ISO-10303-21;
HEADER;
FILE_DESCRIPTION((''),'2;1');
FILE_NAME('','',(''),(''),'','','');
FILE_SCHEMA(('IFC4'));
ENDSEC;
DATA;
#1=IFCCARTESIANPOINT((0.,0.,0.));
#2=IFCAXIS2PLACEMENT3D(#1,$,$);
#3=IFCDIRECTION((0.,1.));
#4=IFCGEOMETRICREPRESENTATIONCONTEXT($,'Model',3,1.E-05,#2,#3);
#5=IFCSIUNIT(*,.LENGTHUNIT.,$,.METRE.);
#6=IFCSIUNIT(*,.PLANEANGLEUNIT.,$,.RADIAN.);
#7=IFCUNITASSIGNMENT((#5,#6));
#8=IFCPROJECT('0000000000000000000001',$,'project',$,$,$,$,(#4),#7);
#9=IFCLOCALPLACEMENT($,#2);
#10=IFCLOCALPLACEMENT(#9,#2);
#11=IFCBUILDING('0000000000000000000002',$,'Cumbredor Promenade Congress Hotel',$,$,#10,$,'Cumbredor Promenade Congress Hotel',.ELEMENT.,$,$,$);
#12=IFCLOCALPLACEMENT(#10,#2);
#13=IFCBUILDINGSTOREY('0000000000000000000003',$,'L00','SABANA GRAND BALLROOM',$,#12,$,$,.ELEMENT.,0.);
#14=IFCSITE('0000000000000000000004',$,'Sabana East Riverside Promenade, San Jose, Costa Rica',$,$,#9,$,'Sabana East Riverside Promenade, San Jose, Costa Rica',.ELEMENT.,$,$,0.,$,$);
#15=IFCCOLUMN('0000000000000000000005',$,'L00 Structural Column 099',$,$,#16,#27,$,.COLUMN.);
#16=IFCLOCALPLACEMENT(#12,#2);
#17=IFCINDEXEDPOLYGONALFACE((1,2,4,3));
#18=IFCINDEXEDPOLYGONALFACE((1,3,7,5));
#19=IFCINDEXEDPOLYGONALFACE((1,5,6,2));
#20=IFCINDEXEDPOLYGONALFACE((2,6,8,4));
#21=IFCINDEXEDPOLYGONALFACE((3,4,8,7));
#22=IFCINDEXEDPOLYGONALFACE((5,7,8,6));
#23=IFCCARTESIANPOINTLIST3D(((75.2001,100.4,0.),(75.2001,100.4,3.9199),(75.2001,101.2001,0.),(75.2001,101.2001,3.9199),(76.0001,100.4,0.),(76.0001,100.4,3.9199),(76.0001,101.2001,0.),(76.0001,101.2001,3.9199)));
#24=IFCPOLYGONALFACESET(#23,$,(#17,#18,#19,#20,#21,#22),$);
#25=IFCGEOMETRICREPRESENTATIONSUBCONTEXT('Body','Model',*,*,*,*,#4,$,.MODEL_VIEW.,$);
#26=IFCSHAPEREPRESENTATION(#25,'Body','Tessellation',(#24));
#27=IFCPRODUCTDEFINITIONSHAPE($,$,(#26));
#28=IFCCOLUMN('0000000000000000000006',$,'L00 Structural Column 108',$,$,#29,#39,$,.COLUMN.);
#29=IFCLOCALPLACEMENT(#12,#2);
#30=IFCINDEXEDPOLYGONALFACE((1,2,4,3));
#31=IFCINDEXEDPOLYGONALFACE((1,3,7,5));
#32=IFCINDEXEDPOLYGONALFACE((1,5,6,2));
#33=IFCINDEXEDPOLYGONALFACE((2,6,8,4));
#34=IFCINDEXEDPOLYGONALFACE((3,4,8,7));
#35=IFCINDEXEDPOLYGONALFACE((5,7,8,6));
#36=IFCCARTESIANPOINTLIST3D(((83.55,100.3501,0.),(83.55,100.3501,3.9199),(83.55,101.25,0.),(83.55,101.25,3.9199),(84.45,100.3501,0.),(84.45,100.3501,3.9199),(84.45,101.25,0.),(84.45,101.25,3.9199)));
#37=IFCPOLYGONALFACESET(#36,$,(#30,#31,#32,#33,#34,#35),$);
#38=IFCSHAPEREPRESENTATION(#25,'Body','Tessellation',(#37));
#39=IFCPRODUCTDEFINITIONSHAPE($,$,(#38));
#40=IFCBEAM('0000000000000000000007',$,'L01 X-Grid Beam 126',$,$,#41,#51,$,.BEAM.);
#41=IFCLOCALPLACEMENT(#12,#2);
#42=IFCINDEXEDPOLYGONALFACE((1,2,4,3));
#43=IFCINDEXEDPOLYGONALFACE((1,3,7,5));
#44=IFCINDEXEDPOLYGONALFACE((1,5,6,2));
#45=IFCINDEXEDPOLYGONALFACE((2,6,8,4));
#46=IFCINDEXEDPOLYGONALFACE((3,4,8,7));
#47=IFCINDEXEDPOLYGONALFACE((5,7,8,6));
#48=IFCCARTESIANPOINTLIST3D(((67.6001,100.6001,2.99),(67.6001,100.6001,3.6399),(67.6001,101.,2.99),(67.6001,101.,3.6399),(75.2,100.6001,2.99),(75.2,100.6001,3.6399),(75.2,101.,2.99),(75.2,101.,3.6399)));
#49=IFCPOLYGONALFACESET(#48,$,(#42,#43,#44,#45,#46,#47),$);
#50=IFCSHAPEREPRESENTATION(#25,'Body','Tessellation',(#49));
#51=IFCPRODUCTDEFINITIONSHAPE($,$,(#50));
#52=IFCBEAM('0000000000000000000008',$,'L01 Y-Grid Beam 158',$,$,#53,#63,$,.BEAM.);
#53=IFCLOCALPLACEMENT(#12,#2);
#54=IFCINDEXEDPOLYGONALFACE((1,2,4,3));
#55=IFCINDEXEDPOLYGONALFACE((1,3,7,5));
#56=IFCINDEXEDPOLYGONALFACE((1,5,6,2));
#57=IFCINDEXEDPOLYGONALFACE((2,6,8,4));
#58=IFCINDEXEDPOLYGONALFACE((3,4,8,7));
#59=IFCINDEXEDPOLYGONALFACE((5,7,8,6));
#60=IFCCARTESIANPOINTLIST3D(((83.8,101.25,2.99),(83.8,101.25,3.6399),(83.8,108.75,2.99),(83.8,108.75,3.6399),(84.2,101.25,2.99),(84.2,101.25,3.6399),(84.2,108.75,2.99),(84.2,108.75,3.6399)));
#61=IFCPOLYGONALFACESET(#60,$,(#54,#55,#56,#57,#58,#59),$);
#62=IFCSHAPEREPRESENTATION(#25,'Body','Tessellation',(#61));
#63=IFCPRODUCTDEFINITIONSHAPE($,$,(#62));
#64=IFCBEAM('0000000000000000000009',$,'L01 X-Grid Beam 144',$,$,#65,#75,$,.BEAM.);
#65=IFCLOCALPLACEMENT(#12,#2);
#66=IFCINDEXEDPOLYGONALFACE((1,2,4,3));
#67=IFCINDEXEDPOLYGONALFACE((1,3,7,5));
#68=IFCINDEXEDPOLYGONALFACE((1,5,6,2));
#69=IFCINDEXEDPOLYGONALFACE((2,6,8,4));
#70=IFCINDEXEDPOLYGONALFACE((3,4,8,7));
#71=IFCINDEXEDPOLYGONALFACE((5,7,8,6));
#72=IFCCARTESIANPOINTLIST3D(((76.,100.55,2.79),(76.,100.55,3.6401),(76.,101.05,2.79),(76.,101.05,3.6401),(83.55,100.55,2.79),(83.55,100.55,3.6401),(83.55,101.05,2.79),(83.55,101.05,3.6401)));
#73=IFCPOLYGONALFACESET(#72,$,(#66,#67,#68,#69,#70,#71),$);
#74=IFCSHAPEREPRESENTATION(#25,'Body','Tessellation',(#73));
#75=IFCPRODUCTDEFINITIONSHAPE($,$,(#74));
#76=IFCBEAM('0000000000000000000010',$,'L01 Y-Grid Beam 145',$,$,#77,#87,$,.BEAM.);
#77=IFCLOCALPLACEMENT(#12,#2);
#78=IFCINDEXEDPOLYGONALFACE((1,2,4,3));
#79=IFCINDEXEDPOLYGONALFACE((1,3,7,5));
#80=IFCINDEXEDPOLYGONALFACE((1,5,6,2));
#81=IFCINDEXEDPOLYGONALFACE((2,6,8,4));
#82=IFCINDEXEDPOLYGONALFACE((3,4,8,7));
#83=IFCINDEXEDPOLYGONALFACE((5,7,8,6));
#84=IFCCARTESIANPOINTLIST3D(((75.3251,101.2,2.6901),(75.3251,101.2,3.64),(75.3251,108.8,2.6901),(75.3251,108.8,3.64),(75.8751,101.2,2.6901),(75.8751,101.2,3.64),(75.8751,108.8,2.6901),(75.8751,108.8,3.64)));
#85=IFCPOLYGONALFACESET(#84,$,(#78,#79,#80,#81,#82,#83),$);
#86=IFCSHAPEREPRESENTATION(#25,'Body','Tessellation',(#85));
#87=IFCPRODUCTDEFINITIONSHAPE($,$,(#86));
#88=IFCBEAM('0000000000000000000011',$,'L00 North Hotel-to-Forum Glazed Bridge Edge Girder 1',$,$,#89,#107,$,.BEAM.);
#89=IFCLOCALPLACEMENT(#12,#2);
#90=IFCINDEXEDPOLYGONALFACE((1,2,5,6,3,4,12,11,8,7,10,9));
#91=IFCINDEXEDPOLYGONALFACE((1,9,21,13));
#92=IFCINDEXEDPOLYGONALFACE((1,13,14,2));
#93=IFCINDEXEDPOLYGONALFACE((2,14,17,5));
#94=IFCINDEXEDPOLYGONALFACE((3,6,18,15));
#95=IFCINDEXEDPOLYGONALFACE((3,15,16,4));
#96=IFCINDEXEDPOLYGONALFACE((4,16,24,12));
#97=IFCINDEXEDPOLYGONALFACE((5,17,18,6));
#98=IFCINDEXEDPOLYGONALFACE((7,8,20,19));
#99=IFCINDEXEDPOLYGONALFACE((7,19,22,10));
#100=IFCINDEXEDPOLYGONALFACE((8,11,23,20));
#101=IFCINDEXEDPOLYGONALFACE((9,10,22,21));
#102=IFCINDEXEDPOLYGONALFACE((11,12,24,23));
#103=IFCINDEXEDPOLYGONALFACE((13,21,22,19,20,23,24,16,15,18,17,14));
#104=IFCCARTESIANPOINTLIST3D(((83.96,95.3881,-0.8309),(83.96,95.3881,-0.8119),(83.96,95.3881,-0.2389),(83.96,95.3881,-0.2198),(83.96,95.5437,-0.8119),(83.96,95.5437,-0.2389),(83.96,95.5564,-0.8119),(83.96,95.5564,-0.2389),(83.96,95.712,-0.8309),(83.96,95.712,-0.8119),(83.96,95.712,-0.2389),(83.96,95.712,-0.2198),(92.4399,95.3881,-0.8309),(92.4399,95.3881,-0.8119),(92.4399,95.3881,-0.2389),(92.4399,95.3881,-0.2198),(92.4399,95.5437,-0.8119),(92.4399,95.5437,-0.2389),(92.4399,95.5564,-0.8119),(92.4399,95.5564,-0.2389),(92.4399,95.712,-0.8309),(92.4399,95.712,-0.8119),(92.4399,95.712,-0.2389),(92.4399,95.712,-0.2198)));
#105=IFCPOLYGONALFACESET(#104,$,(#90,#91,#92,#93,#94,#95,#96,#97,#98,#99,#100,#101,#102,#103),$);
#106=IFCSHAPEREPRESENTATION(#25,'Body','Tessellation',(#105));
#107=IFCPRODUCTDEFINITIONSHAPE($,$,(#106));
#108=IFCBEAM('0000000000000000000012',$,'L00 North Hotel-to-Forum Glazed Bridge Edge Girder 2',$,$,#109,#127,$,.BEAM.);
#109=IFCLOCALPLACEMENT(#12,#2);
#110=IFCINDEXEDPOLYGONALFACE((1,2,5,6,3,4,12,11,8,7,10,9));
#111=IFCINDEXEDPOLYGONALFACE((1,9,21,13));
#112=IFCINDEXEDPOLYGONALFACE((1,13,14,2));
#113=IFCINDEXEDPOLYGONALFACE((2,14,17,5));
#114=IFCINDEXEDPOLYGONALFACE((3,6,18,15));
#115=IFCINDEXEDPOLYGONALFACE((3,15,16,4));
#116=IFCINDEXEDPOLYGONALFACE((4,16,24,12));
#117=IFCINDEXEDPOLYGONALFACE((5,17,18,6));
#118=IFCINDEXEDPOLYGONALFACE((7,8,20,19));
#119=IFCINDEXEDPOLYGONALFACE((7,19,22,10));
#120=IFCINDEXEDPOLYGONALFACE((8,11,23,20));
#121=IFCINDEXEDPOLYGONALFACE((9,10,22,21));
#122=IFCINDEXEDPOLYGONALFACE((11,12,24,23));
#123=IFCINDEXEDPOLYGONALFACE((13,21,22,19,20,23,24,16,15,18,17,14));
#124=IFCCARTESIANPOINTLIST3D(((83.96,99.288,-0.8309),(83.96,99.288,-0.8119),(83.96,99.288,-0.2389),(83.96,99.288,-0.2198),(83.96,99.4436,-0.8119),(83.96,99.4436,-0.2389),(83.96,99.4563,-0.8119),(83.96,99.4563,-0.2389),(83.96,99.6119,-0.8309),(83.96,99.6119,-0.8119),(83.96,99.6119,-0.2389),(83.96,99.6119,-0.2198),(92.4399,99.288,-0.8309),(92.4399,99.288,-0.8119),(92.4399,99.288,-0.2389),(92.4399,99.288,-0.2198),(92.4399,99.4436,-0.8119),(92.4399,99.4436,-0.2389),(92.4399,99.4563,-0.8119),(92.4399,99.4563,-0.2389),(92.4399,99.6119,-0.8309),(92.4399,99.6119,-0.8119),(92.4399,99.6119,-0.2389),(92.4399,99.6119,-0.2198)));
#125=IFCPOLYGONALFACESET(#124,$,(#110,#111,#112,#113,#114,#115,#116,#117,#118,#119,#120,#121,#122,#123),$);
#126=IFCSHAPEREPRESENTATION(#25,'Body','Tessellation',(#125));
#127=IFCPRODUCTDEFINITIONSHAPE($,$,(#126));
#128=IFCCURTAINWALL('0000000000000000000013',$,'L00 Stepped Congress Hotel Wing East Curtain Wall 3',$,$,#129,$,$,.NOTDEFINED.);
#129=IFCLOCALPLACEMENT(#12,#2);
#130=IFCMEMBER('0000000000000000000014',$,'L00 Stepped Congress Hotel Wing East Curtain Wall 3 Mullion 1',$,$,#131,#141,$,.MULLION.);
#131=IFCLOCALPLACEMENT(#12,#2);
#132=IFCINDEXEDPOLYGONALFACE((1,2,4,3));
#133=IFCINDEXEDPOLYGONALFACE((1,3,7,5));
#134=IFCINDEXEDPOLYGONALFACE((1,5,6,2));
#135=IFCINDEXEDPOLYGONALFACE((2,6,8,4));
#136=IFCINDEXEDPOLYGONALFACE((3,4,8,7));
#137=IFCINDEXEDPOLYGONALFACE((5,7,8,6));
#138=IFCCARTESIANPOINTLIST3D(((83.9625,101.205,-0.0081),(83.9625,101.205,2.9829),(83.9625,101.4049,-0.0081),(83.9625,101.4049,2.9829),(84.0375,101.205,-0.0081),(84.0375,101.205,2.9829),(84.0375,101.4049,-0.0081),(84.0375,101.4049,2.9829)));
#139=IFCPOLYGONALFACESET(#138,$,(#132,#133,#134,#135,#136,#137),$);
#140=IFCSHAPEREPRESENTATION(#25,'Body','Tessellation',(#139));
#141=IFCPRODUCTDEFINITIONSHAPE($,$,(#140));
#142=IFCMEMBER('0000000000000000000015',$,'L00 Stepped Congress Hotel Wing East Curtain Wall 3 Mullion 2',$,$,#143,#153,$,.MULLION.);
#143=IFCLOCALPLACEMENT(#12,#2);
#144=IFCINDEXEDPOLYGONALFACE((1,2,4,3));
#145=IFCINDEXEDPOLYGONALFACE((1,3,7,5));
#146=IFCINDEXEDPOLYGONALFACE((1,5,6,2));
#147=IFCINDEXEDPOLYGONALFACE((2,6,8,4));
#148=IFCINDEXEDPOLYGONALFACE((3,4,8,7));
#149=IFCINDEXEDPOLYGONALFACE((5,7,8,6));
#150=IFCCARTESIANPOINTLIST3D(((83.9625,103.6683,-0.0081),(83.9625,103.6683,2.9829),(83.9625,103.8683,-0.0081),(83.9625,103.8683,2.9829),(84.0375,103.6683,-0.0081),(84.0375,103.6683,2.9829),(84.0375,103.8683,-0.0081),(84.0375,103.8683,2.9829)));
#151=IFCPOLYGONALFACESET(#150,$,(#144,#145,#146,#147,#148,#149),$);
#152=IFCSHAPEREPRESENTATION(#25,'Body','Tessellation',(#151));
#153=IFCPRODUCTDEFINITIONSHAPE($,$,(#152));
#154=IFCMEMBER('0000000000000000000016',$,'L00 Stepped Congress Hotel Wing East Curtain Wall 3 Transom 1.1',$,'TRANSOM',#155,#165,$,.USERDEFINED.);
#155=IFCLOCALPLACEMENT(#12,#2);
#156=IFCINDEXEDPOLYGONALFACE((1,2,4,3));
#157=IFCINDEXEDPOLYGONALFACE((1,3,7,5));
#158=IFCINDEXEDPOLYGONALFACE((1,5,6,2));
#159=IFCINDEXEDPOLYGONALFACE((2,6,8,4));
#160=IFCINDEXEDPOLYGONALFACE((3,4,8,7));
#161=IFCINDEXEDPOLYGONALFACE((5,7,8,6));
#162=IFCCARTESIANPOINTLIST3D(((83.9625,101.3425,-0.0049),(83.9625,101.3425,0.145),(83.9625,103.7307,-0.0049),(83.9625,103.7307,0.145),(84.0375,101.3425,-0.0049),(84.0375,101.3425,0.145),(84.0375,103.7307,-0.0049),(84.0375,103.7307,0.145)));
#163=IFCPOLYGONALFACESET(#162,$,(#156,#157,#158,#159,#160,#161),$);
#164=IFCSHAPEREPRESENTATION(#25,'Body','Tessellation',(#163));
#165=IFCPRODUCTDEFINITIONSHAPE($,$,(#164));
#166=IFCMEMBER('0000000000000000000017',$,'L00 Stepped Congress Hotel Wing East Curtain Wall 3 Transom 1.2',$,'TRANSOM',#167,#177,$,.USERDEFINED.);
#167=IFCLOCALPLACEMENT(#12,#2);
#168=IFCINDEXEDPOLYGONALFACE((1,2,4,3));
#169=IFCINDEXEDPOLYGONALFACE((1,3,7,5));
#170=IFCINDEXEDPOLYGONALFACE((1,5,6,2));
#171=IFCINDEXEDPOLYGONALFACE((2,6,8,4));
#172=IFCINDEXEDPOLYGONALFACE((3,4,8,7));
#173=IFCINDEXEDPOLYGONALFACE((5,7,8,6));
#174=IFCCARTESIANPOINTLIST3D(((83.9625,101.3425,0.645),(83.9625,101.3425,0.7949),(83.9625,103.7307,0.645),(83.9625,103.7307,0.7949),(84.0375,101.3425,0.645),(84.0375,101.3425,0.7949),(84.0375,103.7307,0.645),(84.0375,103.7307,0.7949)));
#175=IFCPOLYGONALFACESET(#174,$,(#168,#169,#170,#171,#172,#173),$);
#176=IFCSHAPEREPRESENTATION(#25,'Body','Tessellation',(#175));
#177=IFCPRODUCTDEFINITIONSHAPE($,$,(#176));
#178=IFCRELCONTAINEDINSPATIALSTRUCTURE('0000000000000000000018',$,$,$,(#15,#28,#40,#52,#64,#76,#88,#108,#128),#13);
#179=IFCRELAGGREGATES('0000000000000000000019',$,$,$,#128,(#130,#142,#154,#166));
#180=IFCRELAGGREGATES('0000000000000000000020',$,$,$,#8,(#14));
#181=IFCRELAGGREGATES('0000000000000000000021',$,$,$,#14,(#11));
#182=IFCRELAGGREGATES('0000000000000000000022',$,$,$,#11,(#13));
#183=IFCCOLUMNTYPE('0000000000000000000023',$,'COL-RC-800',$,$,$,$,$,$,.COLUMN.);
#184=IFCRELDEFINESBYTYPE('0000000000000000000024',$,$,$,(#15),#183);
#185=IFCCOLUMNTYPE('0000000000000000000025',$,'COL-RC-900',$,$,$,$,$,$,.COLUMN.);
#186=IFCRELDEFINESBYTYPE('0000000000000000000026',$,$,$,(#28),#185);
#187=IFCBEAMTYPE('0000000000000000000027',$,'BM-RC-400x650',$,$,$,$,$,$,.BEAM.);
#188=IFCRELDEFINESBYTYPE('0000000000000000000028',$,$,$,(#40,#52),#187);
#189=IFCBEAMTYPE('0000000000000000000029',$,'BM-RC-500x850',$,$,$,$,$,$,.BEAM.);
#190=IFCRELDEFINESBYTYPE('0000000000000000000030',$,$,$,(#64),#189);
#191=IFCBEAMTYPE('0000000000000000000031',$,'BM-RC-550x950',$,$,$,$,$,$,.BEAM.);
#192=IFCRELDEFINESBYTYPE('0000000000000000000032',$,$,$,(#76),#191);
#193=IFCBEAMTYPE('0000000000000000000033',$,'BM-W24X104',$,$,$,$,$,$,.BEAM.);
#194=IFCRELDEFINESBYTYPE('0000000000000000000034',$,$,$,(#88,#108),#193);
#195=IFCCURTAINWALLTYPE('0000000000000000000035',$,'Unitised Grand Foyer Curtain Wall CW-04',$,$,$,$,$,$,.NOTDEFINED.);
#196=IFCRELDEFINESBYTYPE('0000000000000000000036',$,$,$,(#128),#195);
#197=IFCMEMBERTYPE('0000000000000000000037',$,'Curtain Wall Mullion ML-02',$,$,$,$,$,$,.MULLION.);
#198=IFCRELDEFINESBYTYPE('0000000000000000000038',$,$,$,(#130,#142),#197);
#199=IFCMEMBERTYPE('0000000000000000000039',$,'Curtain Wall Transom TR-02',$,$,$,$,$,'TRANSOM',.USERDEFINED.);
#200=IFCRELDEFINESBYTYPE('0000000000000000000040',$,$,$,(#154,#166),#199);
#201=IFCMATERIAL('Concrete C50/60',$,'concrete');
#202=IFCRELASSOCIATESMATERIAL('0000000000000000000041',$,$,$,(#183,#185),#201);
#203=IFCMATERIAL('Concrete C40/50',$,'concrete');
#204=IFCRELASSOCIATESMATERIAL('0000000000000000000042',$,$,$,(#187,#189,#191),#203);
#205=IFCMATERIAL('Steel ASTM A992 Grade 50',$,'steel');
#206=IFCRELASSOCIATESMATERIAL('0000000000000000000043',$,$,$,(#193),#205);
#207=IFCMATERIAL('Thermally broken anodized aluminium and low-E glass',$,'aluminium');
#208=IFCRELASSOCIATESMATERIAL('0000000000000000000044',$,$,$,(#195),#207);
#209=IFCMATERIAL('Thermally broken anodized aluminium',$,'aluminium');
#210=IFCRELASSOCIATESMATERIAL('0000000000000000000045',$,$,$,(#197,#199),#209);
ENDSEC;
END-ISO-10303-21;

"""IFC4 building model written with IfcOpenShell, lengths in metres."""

from ifc_helpers import new_model, si_unit, direction, frame, origin, origin_2d, place, context, subcontext, project, spatial, rectangle, i_section, extrude, material, material_profile, profile_set, type_object, element, aggregate, save


model = new_model("IFC4")

# Units and contexts
model_context = context("Model", 3, precision=1e-05, world=origin(), true_north=direction((0.0, 1.0)))
body_context = subcontext(model_context, "Body", "Model", "MODEL_VIEW")
ifc_project = project(units=[si_unit("LENGTHUNIT", "METRE"), si_unit("PLANEANGLEUNIT", "RADIAN")], contexts=[model_context])

# Site, building, storey
site_placement = place(None, origin())
site = spatial("IfcSite", under=ifc_project, at=site_placement, Name="Sabana East Riverside Promenade, San Jose, Costa Rica", LongName="Sabana East Riverside Promenade, San Jose, Costa Rica", CompositionType="ELEMENT", RefElevation=0.0)
building_placement = place(site_placement, origin())
building = spatial("IfcBuilding", under=site, at=building_placement, Name="Cumbredor Promenade Congress Hotel", LongName="Cumbredor Promenade Congress Hotel", CompositionType="ELEMENT")
storey_placement = place(building_placement, origin())
storey = spatial("IfcBuildingStorey", under=building, at=storey_placement, Name="L00", Description="SABANA GRAND BALLROOM", CompositionType="ELEMENT", Elevation=0.0)

# Columns
ifc_material_1 = material(Name="Concrete C50/60", Category="concrete")
ifc_material_profile_1 = material_profile(ifc_material_1, rectangle(XDim=0.8, YDim=0.8, at=origin_2d()), Name="RC 800x800")
ifc_profile_set_1 = profile_set([ifc_material_profile_1], Name="Concrete C50/60")
column_type_1 = type_object("IfcColumnType", Name="COL-RC-800", PredefinedType="COLUMN", material=ifc_profile_set_1)
column_1_placement = place(storey_placement, frame((75.6001, 100.8, 0.0), z_axis=(0.0, 0.0, 1.0), x_axis=(1.0, 0.0, 0.0)))
element("IfcColumn", 1, at=column_1_placement, inside=storey, type_object=column_type_1, Name="L00 Structural Column 099", PredefinedType="COLUMN", context=body_context, shape_type="SweptSolid", body=[
    extrude(rectangle(XDim=0.8, YDim=0.8, at=origin_2d()), origin(), (0.0, 0.0, 1.0), 3.9199),
])
ifc_material_profile_2 = material_profile(ifc_material_1, rectangle(XDim=0.8999, YDim=0.8999, at=origin_2d()), Name="RC 900x900")
ifc_profile_set_2 = profile_set([ifc_material_profile_2], Name="Concrete C50/60")
column_type_2 = type_object("IfcColumnType", Name="COL-RC-900", PredefinedType="COLUMN", material=ifc_profile_set_2)
column_2_placement = place(storey_placement, frame((84.0, 100.8, 0.0), z_axis=(0.0, 0.0, 1.0), x_axis=(1.0, 0.0, 0.0)))
element("IfcColumn", 2, at=column_2_placement, inside=storey, type_object=column_type_2, Name="L00 Structural Column 108", PredefinedType="COLUMN", context=body_context, shape_type="SweptSolid", body=[
    extrude(rectangle(XDim=0.8999, YDim=0.8999, at=origin_2d()), origin(), (0.0, 0.0, 1.0), 3.9199),
])

# Beams
ifc_material_2 = material(Name="Concrete C40/50", Category="concrete")
ifc_material_profile_3 = material_profile(ifc_material_2, rectangle(XDim=0.3999, YDim=0.6499, at=origin_2d()), Name="RC BEAM 400x650")
ifc_profile_set_3 = profile_set([ifc_material_profile_3], Name="Concrete C40/50")
beam_type_1 = type_object("IfcBeamType", Name="BM-RC-400x650", PredefinedType="BEAM", material=ifc_profile_set_3)
beam_1_placement = place(storey_placement, frame((67.6001, 100.8, 3.3149), z_axis=(1.0, 0.0, 0.0), x_axis=(0.0, 1.0, 0.0)))
element("IfcBeam", 3, at=beam_1_placement, inside=storey, type_object=beam_type_1, Name="L01 X-Grid Beam 126", PredefinedType="BEAM", context=body_context, shape_type="SweptSolid", body=[
    extrude(rectangle(XDim=0.3999, YDim=0.6499, at=origin_2d()), origin(), (0.0, 0.0, 1.0), 7.5999),
])
beam_2_placement = place(storey_placement, frame((84.0, 101.25, 3.3149), z_axis=(0.0, 1.0, 0.0), x_axis=(-1.0, 0.0, 0.0)))
element("IfcBeam", 4, at=beam_2_placement, inside=storey, type_object=beam_type_1, Name="L01 Y-Grid Beam 158", PredefinedType="BEAM", context=body_context, shape_type="SweptSolid", body=[
    extrude(rectangle(XDim=0.3999, YDim=0.6499, at=origin_2d()), origin(), (0.0, 0.0, 1.0), 7.5),
])
ifc_material_profile_4 = material_profile(ifc_material_2, rectangle(XDim=0.5, YDim=0.8501, at=origin_2d()), Name="RC BEAM 500x850")
ifc_profile_set_4 = profile_set([ifc_material_profile_4], Name="Concrete C40/50")
beam_type_2 = type_object("IfcBeamType", Name="BM-RC-500x850", PredefinedType="BEAM", material=ifc_profile_set_4)
beam_3_placement = place(storey_placement, frame((76.0, 100.8, 3.2151), z_axis=(1.0, 0.0, 0.0), x_axis=(0.0, 1.0, 0.0)))
element("IfcBeam", 5, at=beam_3_placement, inside=storey, type_object=beam_type_2, Name="L01 X-Grid Beam 144", PredefinedType="BEAM", context=body_context, shape_type="SweptSolid", body=[
    extrude(rectangle(XDim=0.5, YDim=0.8501, at=origin_2d()), origin(), (0.0, 0.0, 1.0), 7.55),
])
ifc_material_profile_5 = material_profile(ifc_material_2, rectangle(XDim=0.55, YDim=0.95, at=origin_2d()), Name="RC BEAM 550x950")
ifc_profile_set_5 = profile_set([ifc_material_profile_5], Name="Concrete C40/50")
beam_type_3 = type_object("IfcBeamType", Name="BM-RC-550x950", PredefinedType="BEAM", material=ifc_profile_set_5)
beam_4_placement = place(storey_placement, frame((75.6001, 101.2, 3.165), z_axis=(0.0, 1.0, 0.0), x_axis=(-1.0, 0.0, 0.0)))
element("IfcBeam", 6, at=beam_4_placement, inside=storey, type_object=beam_type_3, Name="L01 Y-Grid Beam 145", PredefinedType="BEAM", context=body_context, shape_type="SweptSolid", body=[
    extrude(rectangle(XDim=0.55, YDim=0.95, at=origin_2d()), origin(), (0.0, 0.0, 1.0), 7.6001),
])
ifc_material_3 = material(Name="Steel ASTM A992 Grade 50", Category="steel")
ifc_material_profile_6 = material_profile(ifc_material_3, i_section(OverallWidth=0.324, OverallDepth=0.6111, WebThickness=0.0127, FlangeThickness=0.019, at=origin_2d()), Name="W24X104")
ifc_profile_set_6 = profile_set([ifc_material_profile_6], Name="Steel ASTM A992 Grade 50")
beam_type_4 = type_object("IfcBeamType", Name="BM-W24X104", PredefinedType="BEAM", material=ifc_profile_set_6)
for number, where, z_axis, x_axis, name in (
    (7, (83.96, 95.55, -0.5254), (1.0, 0.0, 0.0), (0.0, 1.0, 0.0), "L00 North Hotel-to-Forum Glazed Bridge Edge Girder 1"),
    (8, (83.96, 99.45, -0.5254), (1.0, 0.0, 0.0), (0.0, 1.0, 0.0), "L00 North Hotel-to-Forum Glazed Bridge Edge Girder 2"),
):
    element("IfcBeam", number, at=place(storey_placement, frame(where, z_axis=z_axis, x_axis=x_axis)), inside=storey, type_object=beam_type_4, Name=name, PredefinedType="BEAM", context=body_context, shape_type="SweptSolid", body=[
        extrude(i_section(OverallWidth=0.324, OverallDepth=0.6111, WebThickness=0.0127, FlangeThickness=0.019, at=origin_2d()), origin(), (0.0, 0.0, 1.0), 8.48),
    ])

# Curtain wall, members
ifc_material_4 = material(Name="Thermally broken anodized aluminium and low-E glass", Category="aluminium")
curtain_wall_type = type_object("IfcCurtainWallType", Name="Unitised Grand Foyer Curtain Wall CW-04", PredefinedType="NOTDEFINED", material=ifc_material_4)
curtain_wall_placement = place(storey_placement, origin())
curtain_wall = element("IfcCurtainWall", 9, at=curtain_wall_placement, inside=storey, type_object=curtain_wall_type, Name="L00 Stepped Congress Hotel Wing East Curtain Wall 3", PredefinedType="NOTDEFINED")
ifc_material_5 = material(Name="Thermally broken anodized aluminium", Category="aluminium")
ifc_material_profile_7 = material_profile(ifc_material_5, rectangle(XDim=0.075, YDim=0.2, at=origin_2d()), Name="ALU MULLION 75x200")
ifc_profile_set_7 = profile_set([ifc_material_profile_7], Name="Thermally broken anodized aluminium")
member_type_1 = type_object("IfcMemberType", Name="Curtain Wall Mullion ML-02", PredefinedType="MULLION", material=ifc_profile_set_7)
member_1_placement = place(storey_placement, frame((84.0, 101.3049, -0.0081), z_axis=(0.0, 0.0, 1.0), x_axis=(1.0, 0.0, 0.0)))
member_1 = element("IfcMember", 10, at=member_1_placement, type_object=member_type_1, Name="L00 Stepped Congress Hotel Wing East Curtain Wall 3 Mullion 1", PredefinedType="MULLION", context=body_context, shape_type="SweptSolid", body=[
    extrude(rectangle(XDim=0.075, YDim=0.2, at=origin_2d()), origin(), (0.0, 0.0, 1.0), 2.991),
])
member_2_placement = place(storey_placement, frame((84.0, 103.7683, -0.0081), z_axis=(0.0, 0.0, 1.0), x_axis=(1.0, 0.0, 0.0)))
member_2 = element("IfcMember", 11, at=member_2_placement, type_object=member_type_1, Name="L00 Stepped Congress Hotel Wing East Curtain Wall 3 Mullion 2", PredefinedType="MULLION", context=body_context, shape_type="SweptSolid", body=[
    extrude(rectangle(XDim=0.075, YDim=0.2, at=origin_2d()), origin(), (0.0, 0.0, 1.0), 2.991),
])
ifc_material_profile_8 = material_profile(ifc_material_5, rectangle(XDim=0.075, YDim=0.1499, at=origin_2d()), Name="ALU TRANSOM 75x150")
ifc_profile_set_8 = profile_set([ifc_material_profile_8], Name="Thermally broken anodized aluminium")
member_type_2 = type_object("IfcMemberType", Name="Curtain Wall Transom TR-02", ElementType="TRANSOM", PredefinedType="USERDEFINED", material=ifc_profile_set_8)
member_3_placement = place(storey_placement, frame((84.0, 101.3425, 0.0701), z_axis=(0.0, 1.0, 0.0), x_axis=(-1.0, 0.0, 0.0)))
member_3 = element("IfcMember", 12, at=member_3_placement, type_object=member_type_2, Name="L00 Stepped Congress Hotel Wing East Curtain Wall 3 Transom 1.1", ObjectType="TRANSOM", PredefinedType="USERDEFINED", context=body_context, shape_type="SweptSolid", body=[
    extrude(rectangle(XDim=0.075, YDim=0.1499, at=origin_2d()), origin(), (0.0, 0.0, 1.0), 2.3882),
])
member_4_placement = place(storey_placement, frame((84.0, 101.3425, 0.72), z_axis=(0.0, 1.0, 0.0), x_axis=(-1.0, 0.0, 0.0)))
member_4 = element("IfcMember", 13, at=member_4_placement, type_object=member_type_2, Name="L00 Stepped Congress Hotel Wing East Curtain Wall 3 Transom 1.2", ObjectType="TRANSOM", PredefinedType="USERDEFINED", context=body_context, shape_type="SweptSolid", body=[
    extrude(rectangle(XDim=0.075, YDim=0.1499, at=origin_2d()), origin(), (0.0, 0.0, 1.0), 2.3882),
])

aggregate(curtain_wall, [member_1, member_2, member_3, member_4])

save(model, "model.ifc")
